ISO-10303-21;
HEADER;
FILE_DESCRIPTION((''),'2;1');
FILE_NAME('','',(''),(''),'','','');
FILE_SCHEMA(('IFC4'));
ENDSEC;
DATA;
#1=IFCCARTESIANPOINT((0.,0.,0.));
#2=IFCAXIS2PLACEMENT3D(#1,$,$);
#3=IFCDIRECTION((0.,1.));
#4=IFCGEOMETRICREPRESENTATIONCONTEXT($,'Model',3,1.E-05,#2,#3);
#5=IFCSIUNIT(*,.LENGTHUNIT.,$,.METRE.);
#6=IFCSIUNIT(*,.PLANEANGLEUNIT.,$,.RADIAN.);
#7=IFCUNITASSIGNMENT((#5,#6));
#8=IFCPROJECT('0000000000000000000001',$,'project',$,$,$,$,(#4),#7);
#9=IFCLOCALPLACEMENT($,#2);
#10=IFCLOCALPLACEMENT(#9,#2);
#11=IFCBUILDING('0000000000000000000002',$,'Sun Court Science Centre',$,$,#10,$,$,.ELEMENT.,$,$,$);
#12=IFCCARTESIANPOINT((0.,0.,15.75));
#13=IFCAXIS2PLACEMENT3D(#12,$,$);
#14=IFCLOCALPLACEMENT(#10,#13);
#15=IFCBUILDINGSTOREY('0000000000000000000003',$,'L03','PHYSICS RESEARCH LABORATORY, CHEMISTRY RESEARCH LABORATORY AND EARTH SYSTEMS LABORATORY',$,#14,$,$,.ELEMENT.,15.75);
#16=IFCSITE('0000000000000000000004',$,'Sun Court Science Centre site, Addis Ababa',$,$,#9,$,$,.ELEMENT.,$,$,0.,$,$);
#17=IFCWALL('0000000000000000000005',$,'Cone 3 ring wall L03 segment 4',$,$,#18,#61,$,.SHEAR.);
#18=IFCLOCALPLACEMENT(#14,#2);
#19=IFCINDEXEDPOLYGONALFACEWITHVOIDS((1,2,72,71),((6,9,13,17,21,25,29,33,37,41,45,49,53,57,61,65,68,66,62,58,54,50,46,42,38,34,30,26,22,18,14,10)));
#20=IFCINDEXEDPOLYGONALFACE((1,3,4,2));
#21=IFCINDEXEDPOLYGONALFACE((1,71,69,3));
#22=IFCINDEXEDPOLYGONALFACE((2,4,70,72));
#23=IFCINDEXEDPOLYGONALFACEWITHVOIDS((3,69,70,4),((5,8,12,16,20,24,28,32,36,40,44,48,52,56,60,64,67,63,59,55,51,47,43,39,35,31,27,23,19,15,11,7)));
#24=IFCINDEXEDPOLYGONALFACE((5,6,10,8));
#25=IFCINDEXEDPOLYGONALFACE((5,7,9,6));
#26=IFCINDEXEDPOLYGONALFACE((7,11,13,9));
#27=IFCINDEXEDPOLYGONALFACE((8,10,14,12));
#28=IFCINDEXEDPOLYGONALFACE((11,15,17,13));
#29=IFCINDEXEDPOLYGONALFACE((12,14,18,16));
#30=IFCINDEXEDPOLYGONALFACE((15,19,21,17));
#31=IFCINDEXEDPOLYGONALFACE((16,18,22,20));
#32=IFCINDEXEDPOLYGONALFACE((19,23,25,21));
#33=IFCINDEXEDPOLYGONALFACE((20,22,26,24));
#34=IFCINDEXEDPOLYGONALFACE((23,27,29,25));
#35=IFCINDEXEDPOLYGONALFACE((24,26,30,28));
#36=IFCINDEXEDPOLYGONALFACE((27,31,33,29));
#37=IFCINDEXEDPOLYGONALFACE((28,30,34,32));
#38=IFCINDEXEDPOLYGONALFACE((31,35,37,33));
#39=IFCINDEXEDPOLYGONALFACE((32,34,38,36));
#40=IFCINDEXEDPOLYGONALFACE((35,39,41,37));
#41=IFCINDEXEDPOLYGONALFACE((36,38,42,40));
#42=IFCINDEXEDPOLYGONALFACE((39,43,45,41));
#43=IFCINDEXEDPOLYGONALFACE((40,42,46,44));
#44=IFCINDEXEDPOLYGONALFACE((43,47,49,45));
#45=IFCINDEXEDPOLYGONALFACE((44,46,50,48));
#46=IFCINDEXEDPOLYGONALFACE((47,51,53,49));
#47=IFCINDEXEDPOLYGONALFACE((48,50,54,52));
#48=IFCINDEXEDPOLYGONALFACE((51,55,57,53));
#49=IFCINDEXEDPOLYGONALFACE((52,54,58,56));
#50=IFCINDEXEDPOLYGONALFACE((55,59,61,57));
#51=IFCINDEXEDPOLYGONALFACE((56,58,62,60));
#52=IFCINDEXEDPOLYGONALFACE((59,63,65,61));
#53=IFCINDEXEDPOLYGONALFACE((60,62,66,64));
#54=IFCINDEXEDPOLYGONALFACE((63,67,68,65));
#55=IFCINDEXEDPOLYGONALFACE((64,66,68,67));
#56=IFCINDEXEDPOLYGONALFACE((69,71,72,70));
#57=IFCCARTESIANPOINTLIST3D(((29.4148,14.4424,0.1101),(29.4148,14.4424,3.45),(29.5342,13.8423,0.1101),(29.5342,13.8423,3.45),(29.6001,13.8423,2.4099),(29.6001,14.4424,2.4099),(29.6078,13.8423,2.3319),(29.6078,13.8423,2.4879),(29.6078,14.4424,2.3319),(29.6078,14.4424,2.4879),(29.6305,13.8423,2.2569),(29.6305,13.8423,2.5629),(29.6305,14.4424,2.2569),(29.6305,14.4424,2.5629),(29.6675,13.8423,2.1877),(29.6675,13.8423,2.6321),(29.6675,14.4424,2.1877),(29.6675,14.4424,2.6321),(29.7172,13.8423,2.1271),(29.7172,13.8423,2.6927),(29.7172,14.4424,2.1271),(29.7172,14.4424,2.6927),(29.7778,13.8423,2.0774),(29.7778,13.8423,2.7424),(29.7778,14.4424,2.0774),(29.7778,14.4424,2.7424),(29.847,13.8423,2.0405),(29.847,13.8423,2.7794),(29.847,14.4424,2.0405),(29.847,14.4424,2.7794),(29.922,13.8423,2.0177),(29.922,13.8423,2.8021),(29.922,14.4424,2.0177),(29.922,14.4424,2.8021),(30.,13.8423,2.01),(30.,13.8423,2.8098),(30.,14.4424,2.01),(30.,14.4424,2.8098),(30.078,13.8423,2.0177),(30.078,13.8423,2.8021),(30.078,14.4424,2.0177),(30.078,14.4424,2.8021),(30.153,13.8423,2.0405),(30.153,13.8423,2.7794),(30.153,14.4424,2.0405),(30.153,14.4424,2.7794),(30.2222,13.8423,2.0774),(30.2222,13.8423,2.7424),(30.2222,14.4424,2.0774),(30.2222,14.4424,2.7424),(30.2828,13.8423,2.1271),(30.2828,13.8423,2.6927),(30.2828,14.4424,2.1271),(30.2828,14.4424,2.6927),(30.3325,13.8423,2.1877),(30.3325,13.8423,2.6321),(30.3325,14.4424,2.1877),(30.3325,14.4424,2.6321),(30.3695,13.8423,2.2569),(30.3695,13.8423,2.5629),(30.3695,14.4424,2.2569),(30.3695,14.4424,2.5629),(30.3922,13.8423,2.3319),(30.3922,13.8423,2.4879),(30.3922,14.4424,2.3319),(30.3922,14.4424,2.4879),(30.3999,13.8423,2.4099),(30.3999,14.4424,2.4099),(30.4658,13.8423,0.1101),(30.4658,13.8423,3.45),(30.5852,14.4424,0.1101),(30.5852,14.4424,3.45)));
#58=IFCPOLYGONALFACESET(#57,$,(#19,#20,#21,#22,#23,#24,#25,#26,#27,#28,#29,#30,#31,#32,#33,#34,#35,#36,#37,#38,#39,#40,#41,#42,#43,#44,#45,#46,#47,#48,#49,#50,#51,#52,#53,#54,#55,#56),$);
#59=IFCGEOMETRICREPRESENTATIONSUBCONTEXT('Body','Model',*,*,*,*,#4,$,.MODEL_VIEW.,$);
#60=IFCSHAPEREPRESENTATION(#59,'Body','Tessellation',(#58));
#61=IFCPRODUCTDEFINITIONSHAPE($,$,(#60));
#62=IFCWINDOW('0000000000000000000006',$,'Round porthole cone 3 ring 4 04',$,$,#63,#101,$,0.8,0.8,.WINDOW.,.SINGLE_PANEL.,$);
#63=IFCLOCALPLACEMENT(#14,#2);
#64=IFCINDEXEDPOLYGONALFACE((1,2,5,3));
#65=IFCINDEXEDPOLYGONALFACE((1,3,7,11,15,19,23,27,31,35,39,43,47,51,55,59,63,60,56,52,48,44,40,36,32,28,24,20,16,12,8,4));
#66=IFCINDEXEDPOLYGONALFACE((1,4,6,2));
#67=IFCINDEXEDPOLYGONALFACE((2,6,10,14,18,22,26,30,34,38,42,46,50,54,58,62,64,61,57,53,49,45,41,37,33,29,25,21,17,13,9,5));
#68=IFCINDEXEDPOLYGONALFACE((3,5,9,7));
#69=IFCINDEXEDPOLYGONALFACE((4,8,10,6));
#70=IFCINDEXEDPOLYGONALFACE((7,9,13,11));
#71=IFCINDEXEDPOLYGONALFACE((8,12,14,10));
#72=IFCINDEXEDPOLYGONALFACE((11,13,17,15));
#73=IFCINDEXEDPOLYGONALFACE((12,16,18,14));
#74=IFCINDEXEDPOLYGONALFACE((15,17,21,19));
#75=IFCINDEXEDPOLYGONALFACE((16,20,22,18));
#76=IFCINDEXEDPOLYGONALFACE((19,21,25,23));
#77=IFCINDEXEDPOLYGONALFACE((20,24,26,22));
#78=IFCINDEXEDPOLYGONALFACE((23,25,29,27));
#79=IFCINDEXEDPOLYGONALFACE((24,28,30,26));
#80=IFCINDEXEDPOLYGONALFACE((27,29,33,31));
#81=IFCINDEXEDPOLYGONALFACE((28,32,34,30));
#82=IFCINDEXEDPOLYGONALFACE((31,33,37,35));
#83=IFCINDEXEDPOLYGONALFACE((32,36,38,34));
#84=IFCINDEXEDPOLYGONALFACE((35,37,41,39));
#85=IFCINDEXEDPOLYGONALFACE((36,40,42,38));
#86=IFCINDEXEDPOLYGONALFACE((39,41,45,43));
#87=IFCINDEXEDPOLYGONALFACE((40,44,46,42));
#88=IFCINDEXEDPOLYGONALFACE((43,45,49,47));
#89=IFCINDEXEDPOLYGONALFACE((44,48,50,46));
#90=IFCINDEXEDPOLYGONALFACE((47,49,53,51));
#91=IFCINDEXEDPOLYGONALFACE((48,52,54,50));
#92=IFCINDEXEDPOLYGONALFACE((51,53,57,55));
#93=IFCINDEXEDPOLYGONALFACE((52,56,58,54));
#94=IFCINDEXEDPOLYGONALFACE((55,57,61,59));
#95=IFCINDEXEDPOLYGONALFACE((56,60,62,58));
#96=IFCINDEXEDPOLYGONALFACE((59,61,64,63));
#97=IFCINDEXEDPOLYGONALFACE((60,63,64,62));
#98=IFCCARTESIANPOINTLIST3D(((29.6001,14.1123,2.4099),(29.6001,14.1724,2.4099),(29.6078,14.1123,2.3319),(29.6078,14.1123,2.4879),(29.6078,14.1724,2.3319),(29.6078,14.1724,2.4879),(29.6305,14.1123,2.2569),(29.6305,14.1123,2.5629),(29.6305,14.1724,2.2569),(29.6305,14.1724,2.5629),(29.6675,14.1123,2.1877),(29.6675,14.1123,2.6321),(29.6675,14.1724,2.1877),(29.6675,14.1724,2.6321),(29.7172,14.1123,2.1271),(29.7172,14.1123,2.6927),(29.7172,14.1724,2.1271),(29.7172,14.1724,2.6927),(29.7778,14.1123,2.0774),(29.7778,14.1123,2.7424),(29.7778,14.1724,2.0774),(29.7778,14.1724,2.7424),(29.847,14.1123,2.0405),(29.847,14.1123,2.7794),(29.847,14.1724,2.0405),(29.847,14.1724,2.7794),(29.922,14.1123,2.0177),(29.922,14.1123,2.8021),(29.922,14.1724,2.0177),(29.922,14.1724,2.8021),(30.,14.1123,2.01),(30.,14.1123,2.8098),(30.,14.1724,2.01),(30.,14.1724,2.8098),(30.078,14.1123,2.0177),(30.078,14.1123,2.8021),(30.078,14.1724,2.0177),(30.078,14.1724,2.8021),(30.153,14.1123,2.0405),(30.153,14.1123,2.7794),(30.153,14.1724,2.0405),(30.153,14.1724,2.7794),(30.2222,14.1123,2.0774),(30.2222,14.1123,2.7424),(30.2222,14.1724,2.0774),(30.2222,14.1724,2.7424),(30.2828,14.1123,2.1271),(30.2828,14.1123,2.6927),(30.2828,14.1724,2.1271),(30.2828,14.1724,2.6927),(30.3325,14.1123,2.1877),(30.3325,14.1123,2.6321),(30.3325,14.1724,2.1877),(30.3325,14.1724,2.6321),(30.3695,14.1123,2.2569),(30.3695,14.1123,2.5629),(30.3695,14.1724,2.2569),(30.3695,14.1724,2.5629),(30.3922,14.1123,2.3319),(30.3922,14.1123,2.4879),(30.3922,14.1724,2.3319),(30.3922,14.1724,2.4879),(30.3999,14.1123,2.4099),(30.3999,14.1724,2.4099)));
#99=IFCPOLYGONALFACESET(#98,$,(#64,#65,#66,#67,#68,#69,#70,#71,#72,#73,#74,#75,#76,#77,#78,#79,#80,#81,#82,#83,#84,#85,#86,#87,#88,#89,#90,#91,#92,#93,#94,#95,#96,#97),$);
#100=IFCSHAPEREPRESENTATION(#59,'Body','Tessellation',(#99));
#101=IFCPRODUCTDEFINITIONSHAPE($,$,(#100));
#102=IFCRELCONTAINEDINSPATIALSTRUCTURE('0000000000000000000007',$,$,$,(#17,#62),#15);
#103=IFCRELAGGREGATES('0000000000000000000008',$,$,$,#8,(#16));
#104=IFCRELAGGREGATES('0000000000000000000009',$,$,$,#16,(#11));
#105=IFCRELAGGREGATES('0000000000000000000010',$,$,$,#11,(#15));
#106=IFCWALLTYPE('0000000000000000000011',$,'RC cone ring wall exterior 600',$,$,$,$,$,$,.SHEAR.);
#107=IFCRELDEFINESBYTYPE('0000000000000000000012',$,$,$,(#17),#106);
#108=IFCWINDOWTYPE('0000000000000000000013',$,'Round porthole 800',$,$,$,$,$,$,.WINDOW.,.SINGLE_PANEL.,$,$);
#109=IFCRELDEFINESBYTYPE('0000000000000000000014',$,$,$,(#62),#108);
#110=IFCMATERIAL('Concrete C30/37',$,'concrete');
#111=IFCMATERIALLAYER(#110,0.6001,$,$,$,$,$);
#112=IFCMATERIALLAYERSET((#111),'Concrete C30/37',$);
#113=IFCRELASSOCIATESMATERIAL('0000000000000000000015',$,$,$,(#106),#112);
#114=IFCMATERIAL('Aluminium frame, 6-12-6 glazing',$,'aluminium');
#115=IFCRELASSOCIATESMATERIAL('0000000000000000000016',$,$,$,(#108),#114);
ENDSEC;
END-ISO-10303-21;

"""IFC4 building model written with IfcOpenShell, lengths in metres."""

from ifc_helpers import new_model, si_unit, direction, frame, frame_2d, origin, place, context, subcontext, project, spatial, polyline, circle, outline, extrude, material, layer, layer_set, type_object, element, fill, save


model = new_model("IFC4")

# Units and contexts
model_context = context("Model", 3, precision=1e-05, world=origin(), true_north=direction((0.0, 1.0)))
body_context = subcontext(model_context, "Body", "Model", "MODEL_VIEW")
ifc_project = project(units=[si_unit("LENGTHUNIT", "METRE"), si_unit("PLANEANGLEUNIT", "RADIAN")], contexts=[model_context])

# Site, building, storey
site_placement = place(None, origin())
site = spatial("IfcSite", under=ifc_project, at=site_placement, Name="Sun Court Science Centre site, Addis Ababa", CompositionType="ELEMENT", RefElevation=0.0)
building_placement = place(site_placement, origin())
building = spatial("IfcBuilding", under=site, at=building_placement, Name="Sun Court Science Centre", CompositionType="ELEMENT")
storey_placement = place(building_placement, frame((0.0, 0.0, 15.75)))
storey = spatial("IfcBuildingStorey", under=building, at=storey_placement, Name="L03", Description="PHYSICS RESEARCH LABORATORY, CHEMISTRY RESEARCH LABORATORY AND EARTH SYSTEMS LABORATORY", CompositionType="ELEMENT", Elevation=15.75)

# Wall, opening, window
ifc_material_1 = material(Name="Concrete C30/37", Category="concrete")
ifc_layer_1 = layer(ifc_material_1, 0.6001)
ifc_layer_set_1 = layer_set([ifc_layer_1], Name="Concrete C30/37")
wall_type_1 = type_object("IfcWallType", Name="RC cone ring wall exterior 600", PredefinedType="SHEAR", material=ifc_layer_set_1)
wall_1_placement = place(storey_placement, frame((30.5852, 14.1423, 0.1101), z_axis=(0.0, 0.0, 1.0), x_axis=(-1.0, 0.0, 0.0)))
wall_1 = element("IfcWall", 1, at=wall_1_placement, inside=storey, type_object=wall_type_1, Name="Cone 3 ring wall L03 segment 4", PredefinedType="SHEAR", context=body_context, shape_type="SweptSolid", body=[
    extrude(outline(polyline([(0.0, -0.3), (1.1704, -0.3), (1.051, 0.3), (0.1194, 0.3), (0.0, -0.3)])), origin(), (0.0, 0.0, 1.0), 3.3398),
])
opening_1_placement = place(wall_1_placement, frame((0.1853, 0.0, 1.8999)))
opening_1 = element("IfcOpeningElement", 2, at=opening_1_placement, cuts=wall_1, PredefinedType="OPENING", context=body_context, shape_type="SweptSolid", body=[
    extrude(circle(Radius=0.3999, at=frame_2d((0.3999, 0.3999))), frame((0.0, 0.3101, 0.0), z_axis=(0.0, -1.0, 0.0), x_axis=(1.0, 0.0, 0.0)), (0.0, 0.0, 1.0), 0.6201),
])
ifc_material_2 = material(Name="Aluminium frame, 6-12-6 glazing", Category="aluminium")
window_type = type_object("IfcWindowType", Name="Round porthole 800", PartitioningType="SINGLE_PANEL", PredefinedType="WINDOW", material=ifc_material_2)
window_1_placement = place(opening_1_placement, origin())
window_1 = element("IfcWindow", 3, at=window_1_placement, inside=storey, type_object=window_type, Name="Round porthole cone 3 ring 4 04", OverallHeight=0.8, OverallWidth=0.8, PartitioningType="SINGLE_PANEL", PredefinedType="WINDOW", context=body_context, shape_type="SweptSolid", body=[
    extrude(circle(Radius=0.3999, at=frame_2d((0.3999, 0.3999))), frame((0.0, 0.03, 0.0), z_axis=(0.0, -1.0, 0.0), x_axis=(1.0, 0.0, 0.0)), (0.0, 0.0, 1.0), 0.0601),
])
fill(opening_1, window_1)

save(model, "model.ifc")
